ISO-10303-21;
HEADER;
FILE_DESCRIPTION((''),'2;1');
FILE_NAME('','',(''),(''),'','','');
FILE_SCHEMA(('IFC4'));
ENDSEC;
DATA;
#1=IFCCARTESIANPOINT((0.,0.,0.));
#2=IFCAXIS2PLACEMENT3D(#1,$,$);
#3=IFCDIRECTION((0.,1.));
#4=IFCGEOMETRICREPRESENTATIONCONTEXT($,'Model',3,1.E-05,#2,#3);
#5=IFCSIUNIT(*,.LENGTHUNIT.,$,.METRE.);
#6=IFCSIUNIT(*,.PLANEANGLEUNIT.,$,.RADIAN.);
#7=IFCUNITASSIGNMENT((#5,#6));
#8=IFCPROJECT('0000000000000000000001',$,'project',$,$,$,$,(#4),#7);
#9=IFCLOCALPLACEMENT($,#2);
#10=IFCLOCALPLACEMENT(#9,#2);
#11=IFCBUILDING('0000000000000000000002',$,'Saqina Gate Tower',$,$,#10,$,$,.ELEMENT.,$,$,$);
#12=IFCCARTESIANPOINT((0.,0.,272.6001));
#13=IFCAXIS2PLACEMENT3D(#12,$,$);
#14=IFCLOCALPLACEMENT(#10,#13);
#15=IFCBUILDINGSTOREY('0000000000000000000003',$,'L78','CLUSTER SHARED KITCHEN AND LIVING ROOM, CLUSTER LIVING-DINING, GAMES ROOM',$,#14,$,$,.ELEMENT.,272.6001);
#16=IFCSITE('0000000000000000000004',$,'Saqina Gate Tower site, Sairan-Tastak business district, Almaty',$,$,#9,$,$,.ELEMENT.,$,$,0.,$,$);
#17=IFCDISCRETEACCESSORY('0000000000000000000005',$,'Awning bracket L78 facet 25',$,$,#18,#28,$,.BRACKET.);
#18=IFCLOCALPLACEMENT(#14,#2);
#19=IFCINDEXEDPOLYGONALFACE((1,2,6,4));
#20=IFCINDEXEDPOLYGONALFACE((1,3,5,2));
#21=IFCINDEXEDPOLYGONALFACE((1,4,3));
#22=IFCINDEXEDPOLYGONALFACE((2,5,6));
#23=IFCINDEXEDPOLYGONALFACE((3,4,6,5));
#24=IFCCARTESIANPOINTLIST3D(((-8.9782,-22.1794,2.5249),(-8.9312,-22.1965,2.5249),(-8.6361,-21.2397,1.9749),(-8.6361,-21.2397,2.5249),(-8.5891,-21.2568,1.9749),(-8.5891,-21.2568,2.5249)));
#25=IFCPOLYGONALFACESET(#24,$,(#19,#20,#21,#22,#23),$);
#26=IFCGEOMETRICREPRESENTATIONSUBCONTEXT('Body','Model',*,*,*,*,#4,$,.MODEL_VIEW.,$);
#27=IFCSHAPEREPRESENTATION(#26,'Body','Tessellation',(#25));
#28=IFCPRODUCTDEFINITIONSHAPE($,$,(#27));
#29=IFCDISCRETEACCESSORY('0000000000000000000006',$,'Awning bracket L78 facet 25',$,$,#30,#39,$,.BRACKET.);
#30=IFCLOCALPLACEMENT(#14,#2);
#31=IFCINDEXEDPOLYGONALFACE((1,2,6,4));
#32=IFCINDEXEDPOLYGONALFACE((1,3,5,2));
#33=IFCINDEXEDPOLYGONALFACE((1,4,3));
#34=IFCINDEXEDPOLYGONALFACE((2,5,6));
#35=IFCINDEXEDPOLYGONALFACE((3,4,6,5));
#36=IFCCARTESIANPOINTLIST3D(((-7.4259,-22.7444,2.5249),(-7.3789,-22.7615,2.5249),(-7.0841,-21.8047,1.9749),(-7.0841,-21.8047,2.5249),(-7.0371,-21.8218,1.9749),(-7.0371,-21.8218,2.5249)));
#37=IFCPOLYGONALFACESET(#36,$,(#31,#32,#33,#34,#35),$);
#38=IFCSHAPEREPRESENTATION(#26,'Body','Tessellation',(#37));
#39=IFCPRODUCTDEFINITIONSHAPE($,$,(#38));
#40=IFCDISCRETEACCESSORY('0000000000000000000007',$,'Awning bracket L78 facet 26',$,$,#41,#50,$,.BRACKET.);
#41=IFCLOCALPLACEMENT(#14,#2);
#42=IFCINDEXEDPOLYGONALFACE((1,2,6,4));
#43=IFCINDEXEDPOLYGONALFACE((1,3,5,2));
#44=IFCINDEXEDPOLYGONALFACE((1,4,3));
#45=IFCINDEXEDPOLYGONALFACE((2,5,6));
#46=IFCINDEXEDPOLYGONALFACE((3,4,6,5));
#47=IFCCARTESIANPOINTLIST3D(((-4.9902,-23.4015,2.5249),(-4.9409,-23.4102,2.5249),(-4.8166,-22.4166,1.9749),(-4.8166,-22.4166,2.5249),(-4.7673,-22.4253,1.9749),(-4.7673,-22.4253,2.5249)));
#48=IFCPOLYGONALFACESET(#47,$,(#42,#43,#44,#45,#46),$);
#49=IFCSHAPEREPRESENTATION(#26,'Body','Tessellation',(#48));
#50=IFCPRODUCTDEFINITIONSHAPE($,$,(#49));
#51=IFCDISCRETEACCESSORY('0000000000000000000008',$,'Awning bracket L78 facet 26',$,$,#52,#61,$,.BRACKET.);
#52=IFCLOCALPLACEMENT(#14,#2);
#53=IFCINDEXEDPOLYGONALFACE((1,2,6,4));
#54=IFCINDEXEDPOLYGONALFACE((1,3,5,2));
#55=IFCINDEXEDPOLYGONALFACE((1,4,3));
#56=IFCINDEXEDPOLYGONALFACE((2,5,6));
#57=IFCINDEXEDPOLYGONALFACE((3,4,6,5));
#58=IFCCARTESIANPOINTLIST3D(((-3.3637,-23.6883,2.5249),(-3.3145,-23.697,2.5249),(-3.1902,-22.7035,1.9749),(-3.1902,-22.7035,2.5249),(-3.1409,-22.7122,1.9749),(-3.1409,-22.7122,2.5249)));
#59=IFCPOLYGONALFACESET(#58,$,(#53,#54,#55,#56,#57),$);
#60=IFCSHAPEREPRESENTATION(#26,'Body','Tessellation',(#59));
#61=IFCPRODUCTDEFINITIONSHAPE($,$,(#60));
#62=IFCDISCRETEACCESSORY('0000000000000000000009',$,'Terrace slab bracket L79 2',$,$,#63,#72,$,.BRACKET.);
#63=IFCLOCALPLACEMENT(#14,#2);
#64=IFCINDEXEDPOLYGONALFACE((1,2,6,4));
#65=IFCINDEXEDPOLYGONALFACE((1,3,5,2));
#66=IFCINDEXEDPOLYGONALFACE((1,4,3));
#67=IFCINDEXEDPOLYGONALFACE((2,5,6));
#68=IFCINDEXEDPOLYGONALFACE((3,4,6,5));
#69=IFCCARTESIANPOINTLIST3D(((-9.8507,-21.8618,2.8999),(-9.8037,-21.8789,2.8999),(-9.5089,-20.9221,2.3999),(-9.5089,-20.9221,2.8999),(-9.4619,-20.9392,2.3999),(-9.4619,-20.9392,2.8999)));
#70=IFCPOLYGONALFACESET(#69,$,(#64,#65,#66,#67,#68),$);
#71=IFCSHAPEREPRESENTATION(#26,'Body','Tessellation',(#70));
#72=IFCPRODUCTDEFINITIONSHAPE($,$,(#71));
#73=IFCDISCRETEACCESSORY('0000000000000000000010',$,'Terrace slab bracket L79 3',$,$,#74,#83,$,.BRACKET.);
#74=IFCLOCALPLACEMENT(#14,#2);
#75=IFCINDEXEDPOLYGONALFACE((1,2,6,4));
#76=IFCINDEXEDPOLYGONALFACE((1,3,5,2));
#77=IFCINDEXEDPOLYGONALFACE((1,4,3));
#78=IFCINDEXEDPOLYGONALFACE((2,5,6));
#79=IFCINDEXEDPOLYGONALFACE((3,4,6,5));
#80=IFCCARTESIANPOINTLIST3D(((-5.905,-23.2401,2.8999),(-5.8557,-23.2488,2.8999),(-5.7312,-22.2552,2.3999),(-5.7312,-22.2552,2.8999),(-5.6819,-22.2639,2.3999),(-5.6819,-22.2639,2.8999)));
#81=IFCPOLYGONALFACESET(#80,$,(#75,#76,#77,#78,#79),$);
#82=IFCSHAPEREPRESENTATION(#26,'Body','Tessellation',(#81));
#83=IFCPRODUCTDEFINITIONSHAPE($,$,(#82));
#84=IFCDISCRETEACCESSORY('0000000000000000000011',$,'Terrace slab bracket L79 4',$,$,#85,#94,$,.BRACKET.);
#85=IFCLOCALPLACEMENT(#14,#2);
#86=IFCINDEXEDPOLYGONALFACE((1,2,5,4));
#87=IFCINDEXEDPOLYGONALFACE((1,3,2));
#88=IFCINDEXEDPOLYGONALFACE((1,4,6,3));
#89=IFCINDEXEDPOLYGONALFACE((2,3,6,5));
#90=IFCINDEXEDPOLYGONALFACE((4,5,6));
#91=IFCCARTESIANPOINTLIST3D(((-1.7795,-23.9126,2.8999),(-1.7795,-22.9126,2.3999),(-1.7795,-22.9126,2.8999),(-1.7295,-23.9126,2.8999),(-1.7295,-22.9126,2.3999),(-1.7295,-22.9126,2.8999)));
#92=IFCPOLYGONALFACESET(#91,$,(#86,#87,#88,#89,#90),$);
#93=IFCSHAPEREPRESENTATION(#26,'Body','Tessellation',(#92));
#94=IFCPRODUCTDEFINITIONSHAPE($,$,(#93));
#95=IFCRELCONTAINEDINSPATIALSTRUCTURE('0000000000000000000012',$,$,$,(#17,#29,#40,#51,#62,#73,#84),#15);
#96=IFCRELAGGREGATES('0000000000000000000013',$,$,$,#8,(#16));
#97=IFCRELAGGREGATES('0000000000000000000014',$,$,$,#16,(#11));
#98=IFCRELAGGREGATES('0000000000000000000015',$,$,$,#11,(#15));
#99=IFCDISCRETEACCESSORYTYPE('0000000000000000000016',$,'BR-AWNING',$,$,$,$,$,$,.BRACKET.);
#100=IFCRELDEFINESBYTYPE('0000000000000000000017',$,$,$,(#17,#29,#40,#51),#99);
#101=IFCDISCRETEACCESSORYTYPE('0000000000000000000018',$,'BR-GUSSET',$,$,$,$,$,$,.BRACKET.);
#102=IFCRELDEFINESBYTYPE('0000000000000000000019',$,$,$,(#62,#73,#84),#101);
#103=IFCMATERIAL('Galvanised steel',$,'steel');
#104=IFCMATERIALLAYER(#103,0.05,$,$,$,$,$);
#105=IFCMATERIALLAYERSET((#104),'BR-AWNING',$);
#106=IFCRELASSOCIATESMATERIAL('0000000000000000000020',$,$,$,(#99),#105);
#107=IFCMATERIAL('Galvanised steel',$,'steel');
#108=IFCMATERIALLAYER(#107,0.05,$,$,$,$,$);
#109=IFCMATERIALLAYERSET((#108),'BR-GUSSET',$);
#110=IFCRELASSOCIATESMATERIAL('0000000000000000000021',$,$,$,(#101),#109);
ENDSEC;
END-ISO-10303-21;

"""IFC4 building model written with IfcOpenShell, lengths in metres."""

from ifc_helpers import new_model, si_unit, direction, frame, origin, place, context, subcontext, project, spatial, polyline, outline, extrude, material, layer, layer_set, type_object, element, save


model = new_model("IFC4")

# Units and contexts
model_context = context("Model", 3, precision=1e-05, world=origin(), true_north=direction((0.0, 1.0)))
body_context = subcontext(model_context, "Body", "Model", "MODEL_VIEW")
ifc_project = project(units=[si_unit("LENGTHUNIT", "METRE"), si_unit("PLANEANGLEUNIT", "RADIAN")], contexts=[model_context])

# Site, building, storey
site_placement = place(None, origin())
site = spatial("IfcSite", under=ifc_project, at=site_placement, Name="Saqina Gate Tower site, Sairan-Tastak business district, Almaty", CompositionType="ELEMENT", RefElevation=0.0)
building_placement = place(site_placement, origin())
building = spatial("IfcBuilding", under=site, at=building_placement, Name="Saqina Gate Tower", CompositionType="ELEMENT")
storey_placement = place(building_placement, frame((0.0, 0.0, 272.6001)))
storey = spatial("IfcBuildingStorey", under=building, at=storey_placement, Name="L78", Description="CLUSTER SHARED KITCHEN AND LIVING ROOM, CLUSTER LIVING-DINING, GAMES ROOM", CompositionType="ELEMENT", Elevation=272.6001)

# Discrete accessories
ifc_material_1 = material(Name="Galvanised steel", Category="steel")
ifc_layer_1 = layer(ifc_material_1, 0.05)
ifc_layer_set_1 = layer_set([ifc_layer_1], Name="BR-AWNING")
discrete_accessory_type_1 = type_object("IfcDiscreteAccessoryType", Name="BR-AWNING", PredefinedType="BRACKET", material=ifc_layer_set_1)
discrete_accessory_1_placement = place(storey_placement, frame((-8.5891, -21.2568, 1.9749), z_axis=(0.939686, -0.342037, 0.0), x_axis=(0.0, 0.0, 1.0)))
element("IfcDiscreteAccessory", 1, at=discrete_accessory_1_placement, inside=storey, type_object=discrete_accessory_type_1, Name="Awning bracket L78 facet 25", PredefinedType="BRACKET", context=body_context, shape_type="SweptSolid", body=[
    extrude(outline(polyline([(0.0, 0.0), (0.55, 0.0), (0.55, 1.0), (0.0, 0.0)])), origin(), (0.0, 0.0, -1.0), 0.05),
])
discrete_accessory_2_placement = place(storey_placement, frame((-7.0371, -21.8218, 1.9749), z_axis=(0.939765, -0.341821, 0.0), x_axis=(0.0, 0.0, 1.0)))
element("IfcDiscreteAccessory", 2, at=discrete_accessory_2_placement, inside=storey, type_object=discrete_accessory_type_1, Name="Awning bracket L78 facet 25", PredefinedType="BRACKET", context=body_context, shape_type="SweptSolid", body=[
    extrude(outline(polyline([(0.0, 0.0), (0.55, 0.0), (0.55, 0.9999), (0.0, 0.0)])), origin(), (0.0, 0.0, -1.0), 0.05),
])
for number, where, z_axis, x_axis, name in (
    (3, (-4.7673, -22.4253, 1.9749), (0.98482, -0.173576, 0.0), (0.0, 0.0, 1.0), "Awning bracket L78 facet 26"),
    (4, (-3.1409, -22.7122, 1.9749), (0.98482, -0.173576, 0.0), (0.0, 0.0, 1.0), "Awning bracket L78 facet 26"),
):
    element("IfcDiscreteAccessory", number, at=place(storey_placement, frame(where, z_axis=z_axis, x_axis=x_axis)), inside=storey, type_object=discrete_accessory_type_1, Name=name, PredefinedType="BRACKET", context=body_context, shape_type="SweptSolid", body=[
        extrude(outline(polyline([(0.0, 0.0), (0.55, 0.0), (0.55, 1.0), (0.0, 0.0)])), origin(), (0.0, 0.0, -1.0), 0.05),
    ])
ifc_material_2 = material(Name="Galvanised steel", Category="steel")
ifc_layer_2 = layer(ifc_material_2, 0.05)
ifc_layer_set_2 = layer_set([ifc_layer_2], Name="BR-GUSSET")
discrete_accessory_type_2 = type_object("IfcDiscreteAccessoryType", Name="BR-GUSSET", PredefinedType="BRACKET", material=ifc_layer_set_2)
discrete_accessory_3_placement = place(storey_placement, frame((-9.4619, -20.9392, 2.3999), z_axis=(0.939765, -0.341821, 0.0), x_axis=(0.0, 0.0, 1.0)))
element("IfcDiscreteAccessory", 5, at=discrete_accessory_3_placement, inside=storey, type_object=discrete_accessory_type_2, Name="Terrace slab bracket L79 2", PredefinedType="BRACKET", context=body_context, shape_type="SweptSolid", body=[
    extrude(outline(polyline([(0.0, 0.0), (0.5, 0.0), (0.5, 0.9999), (0.0, 0.0)])), origin(), (0.0, 0.0, -1.0), 0.05),
])
discrete_accessory_4_placement = place(storey_placement, frame((-5.6819, -22.2639, 2.3999), z_axis=(0.984779, -0.173813, 0.0), x_axis=(0.0, 0.0, 1.0)))
element("IfcDiscreteAccessory", 6, at=discrete_accessory_4_placement, inside=storey, type_object=discrete_accessory_type_2, Name="Terrace slab bracket L79 3", PredefinedType="BRACKET", context=body_context, shape_type="SweptSolid", body=[
    extrude(outline(polyline([(0.0, 0.0), (0.5, 0.0), (0.5, 1.0001), (0.0, 0.0)])), origin(), (0.0, 0.0, -1.0), 0.05),
])
discrete_accessory_5_placement = place(storey_placement, frame((-1.7295, -22.9126, 2.3999), z_axis=(1.0, 0.0, 0.0), x_axis=(0.0, 0.0, 1.0)))
element("IfcDiscreteAccessory", 7, at=discrete_accessory_5_placement, inside=storey, type_object=discrete_accessory_type_2, Name="Terrace slab bracket L79 4", PredefinedType="BRACKET", context=body_context, shape_type="SweptSolid", body=[
    extrude(outline(polyline([(0.0, 0.0), (0.5, 0.0), (0.5, 1.0), (0.0, 0.0)])), origin(), (0.0, 0.0, -1.0), 0.05),
])

save(model, "model.ifc")
